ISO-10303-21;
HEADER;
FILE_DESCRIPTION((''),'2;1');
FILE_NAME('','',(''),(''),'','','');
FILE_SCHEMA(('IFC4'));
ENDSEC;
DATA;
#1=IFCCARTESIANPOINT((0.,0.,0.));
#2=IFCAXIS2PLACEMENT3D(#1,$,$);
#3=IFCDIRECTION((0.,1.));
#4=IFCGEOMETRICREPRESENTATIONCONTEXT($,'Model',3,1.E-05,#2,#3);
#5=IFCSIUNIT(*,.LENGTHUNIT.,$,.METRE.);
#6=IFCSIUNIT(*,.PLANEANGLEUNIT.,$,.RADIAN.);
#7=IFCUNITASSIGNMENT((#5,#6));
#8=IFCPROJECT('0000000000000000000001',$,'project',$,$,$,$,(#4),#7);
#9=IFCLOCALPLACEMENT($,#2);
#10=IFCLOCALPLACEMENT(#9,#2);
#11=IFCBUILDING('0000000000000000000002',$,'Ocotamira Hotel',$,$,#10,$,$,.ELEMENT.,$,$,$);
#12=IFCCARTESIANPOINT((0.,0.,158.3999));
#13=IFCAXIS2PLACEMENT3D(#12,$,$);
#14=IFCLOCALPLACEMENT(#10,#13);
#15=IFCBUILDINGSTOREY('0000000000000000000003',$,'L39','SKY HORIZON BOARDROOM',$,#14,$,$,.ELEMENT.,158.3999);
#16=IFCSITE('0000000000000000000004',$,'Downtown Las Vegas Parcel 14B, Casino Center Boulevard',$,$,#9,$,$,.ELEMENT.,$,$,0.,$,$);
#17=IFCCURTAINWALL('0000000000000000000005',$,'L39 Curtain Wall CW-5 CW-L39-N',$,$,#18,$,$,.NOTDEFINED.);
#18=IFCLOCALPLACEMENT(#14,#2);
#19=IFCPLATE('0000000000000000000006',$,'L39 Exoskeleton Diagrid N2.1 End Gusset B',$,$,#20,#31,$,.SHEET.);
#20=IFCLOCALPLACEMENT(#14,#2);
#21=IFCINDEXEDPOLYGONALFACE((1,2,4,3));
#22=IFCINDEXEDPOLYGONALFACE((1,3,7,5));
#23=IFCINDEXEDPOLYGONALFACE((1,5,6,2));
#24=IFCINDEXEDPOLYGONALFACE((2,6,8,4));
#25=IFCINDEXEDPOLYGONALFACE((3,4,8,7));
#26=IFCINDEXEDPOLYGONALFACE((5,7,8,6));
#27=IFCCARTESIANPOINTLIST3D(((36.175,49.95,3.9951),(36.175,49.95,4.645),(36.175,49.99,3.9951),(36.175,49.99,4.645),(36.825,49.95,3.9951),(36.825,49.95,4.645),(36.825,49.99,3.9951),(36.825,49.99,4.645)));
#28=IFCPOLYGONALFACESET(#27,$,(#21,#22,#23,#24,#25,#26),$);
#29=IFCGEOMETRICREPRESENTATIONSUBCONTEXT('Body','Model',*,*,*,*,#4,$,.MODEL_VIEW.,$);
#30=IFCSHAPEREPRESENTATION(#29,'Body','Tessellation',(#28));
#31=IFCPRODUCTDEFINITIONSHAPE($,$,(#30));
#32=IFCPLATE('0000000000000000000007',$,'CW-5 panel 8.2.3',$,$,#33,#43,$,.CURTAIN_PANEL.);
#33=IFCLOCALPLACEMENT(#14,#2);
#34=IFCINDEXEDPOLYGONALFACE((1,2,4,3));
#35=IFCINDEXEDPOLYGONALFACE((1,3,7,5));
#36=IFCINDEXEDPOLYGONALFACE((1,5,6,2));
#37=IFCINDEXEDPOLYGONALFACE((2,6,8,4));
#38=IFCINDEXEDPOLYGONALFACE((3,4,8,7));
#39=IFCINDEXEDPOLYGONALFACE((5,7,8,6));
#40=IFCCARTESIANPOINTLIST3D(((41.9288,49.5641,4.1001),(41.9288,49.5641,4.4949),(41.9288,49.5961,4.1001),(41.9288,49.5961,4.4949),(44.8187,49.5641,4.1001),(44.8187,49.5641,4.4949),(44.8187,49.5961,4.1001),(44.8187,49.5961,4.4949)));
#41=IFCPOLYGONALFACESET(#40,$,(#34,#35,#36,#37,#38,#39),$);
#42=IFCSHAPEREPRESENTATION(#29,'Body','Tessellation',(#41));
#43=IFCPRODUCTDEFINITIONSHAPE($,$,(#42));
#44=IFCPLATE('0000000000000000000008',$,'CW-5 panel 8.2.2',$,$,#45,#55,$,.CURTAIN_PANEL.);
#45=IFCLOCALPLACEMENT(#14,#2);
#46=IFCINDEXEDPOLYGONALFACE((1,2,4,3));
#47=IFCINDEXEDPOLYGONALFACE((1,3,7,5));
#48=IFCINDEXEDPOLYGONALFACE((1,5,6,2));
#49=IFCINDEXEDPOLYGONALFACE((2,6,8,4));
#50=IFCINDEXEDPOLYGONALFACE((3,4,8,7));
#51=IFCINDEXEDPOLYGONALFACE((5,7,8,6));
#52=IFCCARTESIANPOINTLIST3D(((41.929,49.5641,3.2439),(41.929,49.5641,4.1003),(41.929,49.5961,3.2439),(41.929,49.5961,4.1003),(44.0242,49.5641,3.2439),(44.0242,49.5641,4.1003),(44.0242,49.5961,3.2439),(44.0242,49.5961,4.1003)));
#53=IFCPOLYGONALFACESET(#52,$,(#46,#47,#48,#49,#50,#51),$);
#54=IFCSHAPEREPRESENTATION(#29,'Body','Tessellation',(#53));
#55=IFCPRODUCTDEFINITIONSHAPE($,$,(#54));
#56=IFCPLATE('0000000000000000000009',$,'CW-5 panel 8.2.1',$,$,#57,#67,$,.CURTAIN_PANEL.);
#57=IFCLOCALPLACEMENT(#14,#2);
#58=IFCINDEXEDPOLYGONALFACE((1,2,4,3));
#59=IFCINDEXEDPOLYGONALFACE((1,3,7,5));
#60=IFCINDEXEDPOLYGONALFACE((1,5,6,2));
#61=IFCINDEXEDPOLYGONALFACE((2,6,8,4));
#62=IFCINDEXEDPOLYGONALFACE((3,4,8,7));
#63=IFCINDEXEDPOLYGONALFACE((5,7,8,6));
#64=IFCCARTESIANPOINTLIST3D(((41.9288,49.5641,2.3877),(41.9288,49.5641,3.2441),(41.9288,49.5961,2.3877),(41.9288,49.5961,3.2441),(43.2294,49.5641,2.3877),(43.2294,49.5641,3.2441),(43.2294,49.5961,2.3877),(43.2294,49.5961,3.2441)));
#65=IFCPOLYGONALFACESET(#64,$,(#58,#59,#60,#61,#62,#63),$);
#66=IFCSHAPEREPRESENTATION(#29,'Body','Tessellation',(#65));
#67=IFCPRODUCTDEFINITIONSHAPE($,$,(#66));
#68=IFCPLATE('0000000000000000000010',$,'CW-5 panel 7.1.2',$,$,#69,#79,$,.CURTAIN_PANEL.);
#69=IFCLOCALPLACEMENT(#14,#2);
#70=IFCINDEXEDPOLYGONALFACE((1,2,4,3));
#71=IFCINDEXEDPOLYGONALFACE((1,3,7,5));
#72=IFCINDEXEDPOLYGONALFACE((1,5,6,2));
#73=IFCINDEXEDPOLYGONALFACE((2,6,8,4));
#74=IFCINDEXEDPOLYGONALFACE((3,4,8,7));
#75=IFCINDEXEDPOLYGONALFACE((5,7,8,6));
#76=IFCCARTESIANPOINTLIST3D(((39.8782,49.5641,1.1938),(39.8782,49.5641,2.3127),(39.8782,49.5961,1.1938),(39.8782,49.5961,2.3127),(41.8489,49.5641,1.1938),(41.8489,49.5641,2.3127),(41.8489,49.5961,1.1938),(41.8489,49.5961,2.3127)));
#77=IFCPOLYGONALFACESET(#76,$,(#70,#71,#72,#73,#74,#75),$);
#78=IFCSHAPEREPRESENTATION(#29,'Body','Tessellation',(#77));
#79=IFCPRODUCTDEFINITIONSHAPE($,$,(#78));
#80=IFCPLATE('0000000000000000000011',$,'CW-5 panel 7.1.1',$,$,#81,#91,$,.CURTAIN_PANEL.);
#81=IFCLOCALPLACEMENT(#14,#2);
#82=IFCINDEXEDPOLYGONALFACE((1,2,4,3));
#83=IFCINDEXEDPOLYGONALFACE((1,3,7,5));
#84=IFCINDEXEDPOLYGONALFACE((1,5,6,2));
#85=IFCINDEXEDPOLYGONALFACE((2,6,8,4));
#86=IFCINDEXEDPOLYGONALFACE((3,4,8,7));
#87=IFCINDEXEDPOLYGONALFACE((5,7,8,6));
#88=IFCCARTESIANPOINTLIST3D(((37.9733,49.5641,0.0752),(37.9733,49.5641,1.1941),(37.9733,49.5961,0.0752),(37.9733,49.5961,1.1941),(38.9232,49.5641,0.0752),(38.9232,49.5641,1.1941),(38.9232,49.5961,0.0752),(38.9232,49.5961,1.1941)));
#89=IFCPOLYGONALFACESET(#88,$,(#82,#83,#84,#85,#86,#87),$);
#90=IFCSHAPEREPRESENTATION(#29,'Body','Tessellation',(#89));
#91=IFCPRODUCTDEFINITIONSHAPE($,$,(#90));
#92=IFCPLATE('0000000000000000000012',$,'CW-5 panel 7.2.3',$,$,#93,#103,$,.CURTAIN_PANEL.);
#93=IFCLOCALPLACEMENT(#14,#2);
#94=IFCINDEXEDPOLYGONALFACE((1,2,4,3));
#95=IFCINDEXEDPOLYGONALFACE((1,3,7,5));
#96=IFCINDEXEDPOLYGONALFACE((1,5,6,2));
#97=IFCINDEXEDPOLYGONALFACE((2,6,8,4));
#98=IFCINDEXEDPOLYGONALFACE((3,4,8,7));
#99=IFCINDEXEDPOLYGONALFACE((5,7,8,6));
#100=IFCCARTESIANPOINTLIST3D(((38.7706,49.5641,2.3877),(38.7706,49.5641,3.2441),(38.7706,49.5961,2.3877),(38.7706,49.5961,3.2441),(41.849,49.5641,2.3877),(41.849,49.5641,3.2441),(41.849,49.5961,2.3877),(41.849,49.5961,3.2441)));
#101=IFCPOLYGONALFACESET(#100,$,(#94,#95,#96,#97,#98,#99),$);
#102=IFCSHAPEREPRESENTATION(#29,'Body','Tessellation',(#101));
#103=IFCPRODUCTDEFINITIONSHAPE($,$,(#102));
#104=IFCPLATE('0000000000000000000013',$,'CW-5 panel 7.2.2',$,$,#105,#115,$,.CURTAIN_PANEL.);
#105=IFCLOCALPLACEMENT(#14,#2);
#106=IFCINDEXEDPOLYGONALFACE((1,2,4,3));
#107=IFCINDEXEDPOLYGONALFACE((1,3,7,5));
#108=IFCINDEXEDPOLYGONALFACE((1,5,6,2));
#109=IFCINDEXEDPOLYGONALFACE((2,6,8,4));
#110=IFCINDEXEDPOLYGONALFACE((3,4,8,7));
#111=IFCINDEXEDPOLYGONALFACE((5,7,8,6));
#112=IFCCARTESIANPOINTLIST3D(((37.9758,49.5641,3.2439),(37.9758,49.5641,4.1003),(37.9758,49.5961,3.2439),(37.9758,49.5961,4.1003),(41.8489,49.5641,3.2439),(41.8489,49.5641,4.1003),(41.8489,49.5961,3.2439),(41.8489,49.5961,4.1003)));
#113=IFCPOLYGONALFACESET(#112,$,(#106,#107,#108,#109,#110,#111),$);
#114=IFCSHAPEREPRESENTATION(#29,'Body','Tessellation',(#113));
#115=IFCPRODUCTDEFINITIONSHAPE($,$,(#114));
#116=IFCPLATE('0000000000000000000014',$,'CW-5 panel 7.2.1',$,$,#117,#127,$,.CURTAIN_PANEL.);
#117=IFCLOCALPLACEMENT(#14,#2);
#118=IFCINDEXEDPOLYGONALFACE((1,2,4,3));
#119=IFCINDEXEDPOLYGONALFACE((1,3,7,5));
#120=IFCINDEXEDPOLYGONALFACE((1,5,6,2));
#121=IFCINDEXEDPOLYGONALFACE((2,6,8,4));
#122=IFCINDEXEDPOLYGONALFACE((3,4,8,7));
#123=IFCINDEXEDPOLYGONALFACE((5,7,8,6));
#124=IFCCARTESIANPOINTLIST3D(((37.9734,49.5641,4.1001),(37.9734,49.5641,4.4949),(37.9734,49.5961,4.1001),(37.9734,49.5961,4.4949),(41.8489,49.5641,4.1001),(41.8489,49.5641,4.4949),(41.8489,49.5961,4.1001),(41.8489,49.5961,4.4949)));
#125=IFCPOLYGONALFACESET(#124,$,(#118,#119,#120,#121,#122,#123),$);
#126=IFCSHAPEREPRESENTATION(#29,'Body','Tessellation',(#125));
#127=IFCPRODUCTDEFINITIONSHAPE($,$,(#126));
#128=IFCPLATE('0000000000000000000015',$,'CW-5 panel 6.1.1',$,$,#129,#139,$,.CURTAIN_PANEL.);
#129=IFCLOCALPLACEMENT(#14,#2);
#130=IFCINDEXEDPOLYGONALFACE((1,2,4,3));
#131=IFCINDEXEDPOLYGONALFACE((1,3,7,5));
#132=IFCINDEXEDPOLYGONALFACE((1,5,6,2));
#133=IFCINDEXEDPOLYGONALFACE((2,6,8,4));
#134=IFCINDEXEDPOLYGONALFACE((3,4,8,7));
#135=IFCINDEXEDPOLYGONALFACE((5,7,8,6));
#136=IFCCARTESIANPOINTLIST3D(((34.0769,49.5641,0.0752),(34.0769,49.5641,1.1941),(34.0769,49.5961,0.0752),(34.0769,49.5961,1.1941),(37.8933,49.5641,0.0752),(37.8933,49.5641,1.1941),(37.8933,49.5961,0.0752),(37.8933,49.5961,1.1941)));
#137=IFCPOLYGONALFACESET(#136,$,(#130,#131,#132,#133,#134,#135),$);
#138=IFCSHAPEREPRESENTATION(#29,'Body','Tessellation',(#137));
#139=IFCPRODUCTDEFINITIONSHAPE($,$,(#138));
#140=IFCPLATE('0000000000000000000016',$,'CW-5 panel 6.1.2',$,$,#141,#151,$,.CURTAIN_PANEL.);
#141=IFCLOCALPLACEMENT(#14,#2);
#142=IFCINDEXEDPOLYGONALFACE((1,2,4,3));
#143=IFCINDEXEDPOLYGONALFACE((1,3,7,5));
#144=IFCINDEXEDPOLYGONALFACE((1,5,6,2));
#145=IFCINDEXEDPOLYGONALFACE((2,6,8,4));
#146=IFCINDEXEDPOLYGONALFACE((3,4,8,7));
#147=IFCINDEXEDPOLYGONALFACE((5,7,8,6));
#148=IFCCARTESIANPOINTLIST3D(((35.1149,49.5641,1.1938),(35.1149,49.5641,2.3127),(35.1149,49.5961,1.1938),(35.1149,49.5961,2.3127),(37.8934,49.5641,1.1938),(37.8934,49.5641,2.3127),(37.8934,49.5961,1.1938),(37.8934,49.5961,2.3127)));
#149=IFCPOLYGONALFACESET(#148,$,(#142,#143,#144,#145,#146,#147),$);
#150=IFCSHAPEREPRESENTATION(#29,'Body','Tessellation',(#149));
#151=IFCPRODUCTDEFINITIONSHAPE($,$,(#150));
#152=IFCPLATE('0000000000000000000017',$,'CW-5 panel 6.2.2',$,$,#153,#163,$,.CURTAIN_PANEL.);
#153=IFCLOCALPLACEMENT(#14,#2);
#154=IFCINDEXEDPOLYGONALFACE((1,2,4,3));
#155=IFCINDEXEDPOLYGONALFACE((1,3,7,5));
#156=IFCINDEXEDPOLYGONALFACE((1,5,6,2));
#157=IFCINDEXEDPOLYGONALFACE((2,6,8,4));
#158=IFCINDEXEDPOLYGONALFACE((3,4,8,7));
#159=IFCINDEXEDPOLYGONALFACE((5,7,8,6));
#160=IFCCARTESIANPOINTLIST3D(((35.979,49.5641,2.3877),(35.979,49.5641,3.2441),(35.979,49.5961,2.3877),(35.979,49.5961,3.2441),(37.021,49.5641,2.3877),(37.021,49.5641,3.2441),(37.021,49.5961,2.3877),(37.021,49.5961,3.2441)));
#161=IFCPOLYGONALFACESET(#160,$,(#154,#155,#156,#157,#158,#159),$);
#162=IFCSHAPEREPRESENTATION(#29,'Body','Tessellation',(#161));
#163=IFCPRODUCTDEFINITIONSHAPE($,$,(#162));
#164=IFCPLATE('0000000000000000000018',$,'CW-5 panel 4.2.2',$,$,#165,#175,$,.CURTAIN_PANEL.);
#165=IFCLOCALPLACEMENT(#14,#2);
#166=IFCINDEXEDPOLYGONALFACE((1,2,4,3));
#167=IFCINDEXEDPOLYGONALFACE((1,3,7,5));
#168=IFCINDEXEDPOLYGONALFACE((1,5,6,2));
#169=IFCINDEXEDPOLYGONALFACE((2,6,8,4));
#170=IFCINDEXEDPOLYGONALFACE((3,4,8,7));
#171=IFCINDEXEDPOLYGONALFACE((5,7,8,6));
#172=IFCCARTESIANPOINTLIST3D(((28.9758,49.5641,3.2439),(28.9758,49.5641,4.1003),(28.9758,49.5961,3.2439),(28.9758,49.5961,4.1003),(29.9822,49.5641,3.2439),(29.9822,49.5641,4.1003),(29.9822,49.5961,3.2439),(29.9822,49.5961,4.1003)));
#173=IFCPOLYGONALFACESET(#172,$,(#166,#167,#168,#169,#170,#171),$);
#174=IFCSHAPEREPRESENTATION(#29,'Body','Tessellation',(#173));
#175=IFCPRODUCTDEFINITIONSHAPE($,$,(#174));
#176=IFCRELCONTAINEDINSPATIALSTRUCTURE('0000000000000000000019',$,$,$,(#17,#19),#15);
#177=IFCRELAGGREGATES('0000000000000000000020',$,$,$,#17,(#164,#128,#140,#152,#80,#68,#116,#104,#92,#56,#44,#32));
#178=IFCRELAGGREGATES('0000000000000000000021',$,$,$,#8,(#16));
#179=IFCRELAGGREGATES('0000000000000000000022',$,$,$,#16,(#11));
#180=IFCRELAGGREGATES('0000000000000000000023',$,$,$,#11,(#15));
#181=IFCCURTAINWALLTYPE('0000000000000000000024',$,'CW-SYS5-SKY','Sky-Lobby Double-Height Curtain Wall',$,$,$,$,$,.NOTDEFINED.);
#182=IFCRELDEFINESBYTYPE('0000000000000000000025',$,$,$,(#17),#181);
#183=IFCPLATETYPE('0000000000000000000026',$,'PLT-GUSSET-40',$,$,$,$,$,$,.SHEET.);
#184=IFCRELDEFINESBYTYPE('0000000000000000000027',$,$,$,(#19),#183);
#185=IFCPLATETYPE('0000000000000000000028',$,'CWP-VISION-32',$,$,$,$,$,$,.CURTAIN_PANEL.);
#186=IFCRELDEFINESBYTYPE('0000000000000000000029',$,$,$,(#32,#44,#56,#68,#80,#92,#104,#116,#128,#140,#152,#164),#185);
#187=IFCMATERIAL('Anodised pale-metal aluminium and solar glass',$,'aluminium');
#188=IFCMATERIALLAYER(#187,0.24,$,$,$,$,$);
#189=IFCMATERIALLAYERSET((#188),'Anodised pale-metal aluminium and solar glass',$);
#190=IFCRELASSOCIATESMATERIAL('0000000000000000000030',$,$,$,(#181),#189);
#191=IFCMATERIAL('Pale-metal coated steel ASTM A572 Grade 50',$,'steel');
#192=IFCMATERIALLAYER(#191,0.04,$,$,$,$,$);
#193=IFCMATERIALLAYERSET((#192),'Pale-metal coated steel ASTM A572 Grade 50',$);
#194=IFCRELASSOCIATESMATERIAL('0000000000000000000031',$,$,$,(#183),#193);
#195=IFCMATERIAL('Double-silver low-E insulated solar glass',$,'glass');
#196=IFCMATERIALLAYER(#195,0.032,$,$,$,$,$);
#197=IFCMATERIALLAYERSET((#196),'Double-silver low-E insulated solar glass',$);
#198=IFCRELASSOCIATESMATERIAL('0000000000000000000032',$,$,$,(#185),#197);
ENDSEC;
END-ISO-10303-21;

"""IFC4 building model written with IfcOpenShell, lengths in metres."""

from ifc_helpers import new_model, si_unit, direction, frame, origin, origin_2d, place, context, subcontext, project, spatial, rectangle, extrude, source, transform, mapped, material, layer, layer_set, type_object, element, aggregate, save


model = new_model("IFC4")

# Units and contexts
model_context = context("Model", 3, precision=1e-05, world=origin(), true_north=direction((0.0, 1.0)))
body_context = subcontext(model_context, "Body", "Model", "MODEL_VIEW")
ifc_project = project(units=[si_unit("LENGTHUNIT", "METRE"), si_unit("PLANEANGLEUNIT", "RADIAN")], contexts=[model_context])

# Site, building, storey
site_placement = place(None, origin())
site = spatial("IfcSite", under=ifc_project, at=site_placement, Name="Downtown Las Vegas Parcel 14B, Casino Center Boulevard", CompositionType="ELEMENT", RefElevation=0.0)
building_placement = place(site_placement, origin())
building = spatial("IfcBuilding", under=site, at=building_placement, Name="Ocotamira Hotel", CompositionType="ELEMENT")
storey_placement = place(building_placement, frame((0.0, 0.0, 158.3999)))
storey = spatial("IfcBuildingStorey", under=building, at=storey_placement, Name="L39", Description="SKY HORIZON BOARDROOM", CompositionType="ELEMENT", Elevation=158.3999)

# Curtain wall
ifc_material_1 = material(Name="Anodised pale-metal aluminium and solar glass", Category="aluminium")
ifc_layer_1 = layer(ifc_material_1, 0.24)
ifc_layer_set_1 = layer_set([ifc_layer_1], Name="Anodised pale-metal aluminium and solar glass")
curtain_wall_type = type_object("IfcCurtainWallType", Name="CW-SYS5-SKY", Description="Sky-Lobby Double-Height Curtain Wall", PredefinedType="NOTDEFINED", material=ifc_layer_set_1)
curtain_wall_placement = place(storey_placement, origin())
curtain_wall = element("IfcCurtainWall", 1, at=curtain_wall_placement, inside=storey, type_object=curtain_wall_type, Name="L39 Curtain Wall CW-5 CW-L39-N", PredefinedType="NOTDEFINED")

# Plate
ifc_material_2 = material(Name="Pale-metal coated steel ASTM A572 Grade 50", Category="steel")
ifc_layer_2 = layer(ifc_material_2, 0.04)
ifc_layer_set_2 = layer_set([ifc_layer_2], Name="Pale-metal coated steel ASTM A572 Grade 50")
plate_type_1 = type_object("IfcPlateType", Name="PLT-GUSSET-40", PredefinedType="SHEET", material=ifc_layer_set_2)
shared_shape_1 = source(origin(), body_context, "Body", "SweptSolid", [
    extrude(rectangle(XDim=0.6499, YDim=0.04, at=origin_2d()), origin(), (0.0, 0.0, 1.0), 0.6499),
])
for number, where, z_axis, x_axis, name in (
    (2, (36.5, 49.97, 3.9951), (0.0, 0.0, 1.0), (1.0, 0.0, 0.0), "L39 Exoskeleton Diagrid N2.1 End Gusset B"),
):
    element("IfcPlate", number, at=place(storey_placement, frame(where, z_axis=z_axis, x_axis=x_axis)), inside=storey, type_object=plate_type_1, Name=name, PredefinedType="SHEET", context=body_context, shape_type="MappedRepresentation", body=[
        mapped(shared_shape_1, transform((0.0, 0.0, 0.0), scale=1.0)),
    ])

# Plates
ifc_material_3 = material(Name="Double-silver low-E insulated solar glass", Category="glass")
ifc_layer_3 = layer(ifc_material_3, 0.032)
ifc_layer_set_3 = layer_set([ifc_layer_3], Name="Double-silver low-E insulated solar glass")
plate_type_2 = type_object("IfcPlateType", Name="CWP-VISION-32", PredefinedType="CURTAIN_PANEL", material=ifc_layer_set_3)
shared_shape_2 = source(origin(), body_context, "Body", "SweptSolid", [
    extrude(rectangle(XDim=2.8899, YDim=0.032, at=origin_2d()), origin(), (0.0, 0.0, 1.0), 0.3948),
])
plate_1_placement = place(storey_placement, frame((43.3738, 49.5801, 4.1001), z_axis=(0.0, 0.0, 1.0), x_axis=(1.0, 0.0, 0.0)))
plate_1 = element("IfcPlate", 3, at=plate_1_placement, type_object=plate_type_2, Name="CW-5 panel 8.2.3", PredefinedType="CURTAIN_PANEL", context=body_context, shape_type="MappedRepresentation", body=[
    mapped(shared_shape_2, transform((0.0, 0.0, 0.0), scale=1.0)),
])
shared_shape_3 = source(origin(), body_context, "Body", "SweptSolid", [
    extrude(rectangle(XDim=2.0952, YDim=0.032, at=origin_2d()), origin(), (0.0, 0.0, 1.0), 0.8564),
])
plate_2_placement = place(storey_placement, frame((42.9766, 49.5801, 3.2439), z_axis=(0.0, 0.0, 1.0), x_axis=(1.0, 0.0, 0.0)))
plate_2 = element("IfcPlate", 4, at=plate_2_placement, type_object=plate_type_2, Name="CW-5 panel 8.2.2", PredefinedType="CURTAIN_PANEL", context=body_context, shape_type="MappedRepresentation", body=[
    mapped(shared_shape_3, transform((0.0, 0.0, 0.0), scale=1.0)),
])
shared_shape_4 = source(origin(), body_context, "Body", "SweptSolid", [
    extrude(rectangle(XDim=1.3005, YDim=0.032, at=origin_2d()), origin(), (0.0, 0.0, 1.0), 0.8564),
])
plate_3_placement = place(storey_placement, frame((42.5791, 49.5801, 2.3877), z_axis=(0.0, 0.0, 1.0), x_axis=(1.0, 0.0, 0.0)))
plate_3 = element("IfcPlate", 5, at=plate_3_placement, type_object=plate_type_2, Name="CW-5 panel 8.2.1", PredefinedType="CURTAIN_PANEL", context=body_context, shape_type="MappedRepresentation", body=[
    mapped(shared_shape_4, transform((0.0, 0.0, 0.0), scale=1.0)),
])
shared_shape_5 = source(origin(), body_context, "Body", "SweptSolid", [
    extrude(rectangle(XDim=1.9707, YDim=0.032, at=origin_2d()), origin(), (0.0, 0.0, 1.0), 1.1189),
])
plate_4_placement = place(storey_placement, frame((40.8635, 49.5801, 1.1938), z_axis=(0.0, 0.0, 1.0), x_axis=(1.0, 0.0, 0.0)))
plate_4 = element("IfcPlate", 6, at=plate_4_placement, type_object=plate_type_2, Name="CW-5 panel 7.1.2", PredefinedType="CURTAIN_PANEL", context=body_context, shape_type="MappedRepresentation", body=[
    mapped(shared_shape_5, transform((0.0, 0.0, 0.0), scale=1.0)),
])
shared_shape_6 = source(origin(), body_context, "Body", "SweptSolid", [
    extrude(rectangle(XDim=0.95, YDim=0.032, at=origin_2d()), origin(), (0.0, 0.0, 1.0), 1.1189),
])
plate_5_placement = place(storey_placement, frame((38.4482, 49.5801, 0.0752), z_axis=(0.0, 0.0, 1.0), x_axis=(1.0, 0.0, 0.0)))
plate_5 = element("IfcPlate", 7, at=plate_5_placement, type_object=plate_type_2, Name="CW-5 panel 7.1.1", PredefinedType="CURTAIN_PANEL", context=body_context, shape_type="MappedRepresentation", body=[
    mapped(shared_shape_6, transform((0.0, 0.0, 0.0), scale=1.0)),
])
shared_shape_7 = source(origin(), body_context, "Body", "SweptSolid", [
    extrude(rectangle(XDim=3.0784, YDim=0.032, at=origin_2d()), origin(), (0.0, 0.0, 1.0), 0.8564),
])
plate_6_placement = place(storey_placement, frame((40.3098, 49.5801, 2.3877), z_axis=(0.0, 0.0, 1.0), x_axis=(1.0, 0.0, 0.0)))
plate_6 = element("IfcPlate", 8, at=plate_6_placement, type_object=plate_type_2, Name="CW-5 panel 7.2.3", PredefinedType="CURTAIN_PANEL", context=body_context, shape_type="MappedRepresentation", body=[
    mapped(shared_shape_7, transform((0.0, 0.0, 0.0), scale=1.0)),
])
shared_shape_8 = source(origin(), body_context, "Body", "SweptSolid", [
    extrude(rectangle(XDim=3.873, YDim=0.032, at=origin_2d()), origin(), (0.0, 0.0, 1.0), 0.8564),
])
plate_7_placement = place(storey_placement, frame((39.9124, 49.5801, 3.2439), z_axis=(0.0, 0.0, 1.0), x_axis=(1.0, 0.0, 0.0)))
plate_7 = element("IfcPlate", 9, at=plate_7_placement, type_object=plate_type_2, Name="CW-5 panel 7.2.2", PredefinedType="CURTAIN_PANEL", context=body_context, shape_type="MappedRepresentation", body=[
    mapped(shared_shape_8, transform((0.0, 0.0, 0.0), scale=1.0)),
])
shared_shape_9 = source(origin(), body_context, "Body", "SweptSolid", [
    extrude(rectangle(XDim=3.8755, YDim=0.032, at=origin_2d()), origin(), (0.0, 0.0, 1.0), 0.3948),
])
plate_8_placement = place(storey_placement, frame((39.9111, 49.5801, 4.1001), z_axis=(0.0, 0.0, 1.0), x_axis=(1.0, 0.0, 0.0)))
plate_8 = element("IfcPlate", 10, at=plate_8_placement, type_object=plate_type_2, Name="CW-5 panel 7.2.1", PredefinedType="CURTAIN_PANEL", context=body_context, shape_type="MappedRepresentation", body=[
    mapped(shared_shape_9, transform((0.0, 0.0, 0.0), scale=1.0)),
])
shared_shape_10 = source(origin(), body_context, "Body", "SweptSolid", [
    extrude(rectangle(XDim=3.8164, YDim=0.032, at=origin_2d()), origin(), (0.0, 0.0, 1.0), 1.1189),
])
plate_9_placement = place(storey_placement, frame((35.9851, 49.5801, 0.0752), z_axis=(0.0, 0.0, 1.0), x_axis=(1.0, 0.0, 0.0)))
plate_9 = element("IfcPlate", 11, at=plate_9_placement, type_object=plate_type_2, Name="CW-5 panel 6.1.1", PredefinedType="CURTAIN_PANEL", context=body_context, shape_type="MappedRepresentation", body=[
    mapped(shared_shape_10, transform((0.0, 0.0, 0.0), scale=1.0)),
])
shared_shape_11 = source(origin(), body_context, "Body", "SweptSolid", [
    extrude(rectangle(XDim=2.7786, YDim=0.032, at=origin_2d()), origin(), (0.0, 0.0, 1.0), 1.1189),
])
plate_10_placement = place(storey_placement, frame((36.5042, 49.5801, 1.1938), z_axis=(0.0, 0.0, 1.0), x_axis=(1.0, 0.0, 0.0)))
plate_10 = element("IfcPlate", 12, at=plate_10_placement, type_object=plate_type_2, Name="CW-5 panel 6.1.2", PredefinedType="CURTAIN_PANEL", context=body_context, shape_type="MappedRepresentation", body=[
    mapped(shared_shape_11, transform((0.0, 0.0, 0.0), scale=1.0)),
])
shared_shape_12 = source(origin(), body_context, "Body", "SweptSolid", [
    extrude(rectangle(XDim=1.042, YDim=0.032, at=origin_2d()), origin(), (0.0, 0.0, 1.0), 0.8564),
])
plate_11_placement = place(storey_placement, frame((36.5, 49.5801, 2.3877), z_axis=(0.0, 0.0, 1.0), x_axis=(1.0, 0.0, 0.0)))
plate_11 = element("IfcPlate", 13, at=plate_11_placement, type_object=plate_type_2, Name="CW-5 panel 6.2.2", PredefinedType="CURTAIN_PANEL", context=body_context, shape_type="MappedRepresentation", body=[
    mapped(shared_shape_12, transform((0.0, 0.0, 0.0), scale=1.0)),
])
shared_shape_13 = source(origin(), body_context, "Body", "SweptSolid", [
    extrude(rectangle(XDim=1.0063, YDim=0.032, at=origin_2d()), origin(), (0.0, 0.0, 1.0), 0.8564),
])
plate_12_placement = place(storey_placement, frame((29.479, 49.5801, 3.2439), z_axis=(0.0, 0.0, 1.0), x_axis=(1.0, 0.0, 0.0)))
plate_12 = element("IfcPlate", 14, at=plate_12_placement, type_object=plate_type_2, Name="CW-5 panel 4.2.2", PredefinedType="CURTAIN_PANEL", context=body_context, shape_type="MappedRepresentation", body=[
    mapped(shared_shape_13, transform((0.0, 0.0, 0.0), scale=1.0)),
])
aggregate(curtain_wall, [plate_12, plate_9, plate_10, plate_11, plate_5, plate_4, plate_8, plate_7, plate_6, plate_3, plate_2, plate_1])

save(model, "model.ifc")
